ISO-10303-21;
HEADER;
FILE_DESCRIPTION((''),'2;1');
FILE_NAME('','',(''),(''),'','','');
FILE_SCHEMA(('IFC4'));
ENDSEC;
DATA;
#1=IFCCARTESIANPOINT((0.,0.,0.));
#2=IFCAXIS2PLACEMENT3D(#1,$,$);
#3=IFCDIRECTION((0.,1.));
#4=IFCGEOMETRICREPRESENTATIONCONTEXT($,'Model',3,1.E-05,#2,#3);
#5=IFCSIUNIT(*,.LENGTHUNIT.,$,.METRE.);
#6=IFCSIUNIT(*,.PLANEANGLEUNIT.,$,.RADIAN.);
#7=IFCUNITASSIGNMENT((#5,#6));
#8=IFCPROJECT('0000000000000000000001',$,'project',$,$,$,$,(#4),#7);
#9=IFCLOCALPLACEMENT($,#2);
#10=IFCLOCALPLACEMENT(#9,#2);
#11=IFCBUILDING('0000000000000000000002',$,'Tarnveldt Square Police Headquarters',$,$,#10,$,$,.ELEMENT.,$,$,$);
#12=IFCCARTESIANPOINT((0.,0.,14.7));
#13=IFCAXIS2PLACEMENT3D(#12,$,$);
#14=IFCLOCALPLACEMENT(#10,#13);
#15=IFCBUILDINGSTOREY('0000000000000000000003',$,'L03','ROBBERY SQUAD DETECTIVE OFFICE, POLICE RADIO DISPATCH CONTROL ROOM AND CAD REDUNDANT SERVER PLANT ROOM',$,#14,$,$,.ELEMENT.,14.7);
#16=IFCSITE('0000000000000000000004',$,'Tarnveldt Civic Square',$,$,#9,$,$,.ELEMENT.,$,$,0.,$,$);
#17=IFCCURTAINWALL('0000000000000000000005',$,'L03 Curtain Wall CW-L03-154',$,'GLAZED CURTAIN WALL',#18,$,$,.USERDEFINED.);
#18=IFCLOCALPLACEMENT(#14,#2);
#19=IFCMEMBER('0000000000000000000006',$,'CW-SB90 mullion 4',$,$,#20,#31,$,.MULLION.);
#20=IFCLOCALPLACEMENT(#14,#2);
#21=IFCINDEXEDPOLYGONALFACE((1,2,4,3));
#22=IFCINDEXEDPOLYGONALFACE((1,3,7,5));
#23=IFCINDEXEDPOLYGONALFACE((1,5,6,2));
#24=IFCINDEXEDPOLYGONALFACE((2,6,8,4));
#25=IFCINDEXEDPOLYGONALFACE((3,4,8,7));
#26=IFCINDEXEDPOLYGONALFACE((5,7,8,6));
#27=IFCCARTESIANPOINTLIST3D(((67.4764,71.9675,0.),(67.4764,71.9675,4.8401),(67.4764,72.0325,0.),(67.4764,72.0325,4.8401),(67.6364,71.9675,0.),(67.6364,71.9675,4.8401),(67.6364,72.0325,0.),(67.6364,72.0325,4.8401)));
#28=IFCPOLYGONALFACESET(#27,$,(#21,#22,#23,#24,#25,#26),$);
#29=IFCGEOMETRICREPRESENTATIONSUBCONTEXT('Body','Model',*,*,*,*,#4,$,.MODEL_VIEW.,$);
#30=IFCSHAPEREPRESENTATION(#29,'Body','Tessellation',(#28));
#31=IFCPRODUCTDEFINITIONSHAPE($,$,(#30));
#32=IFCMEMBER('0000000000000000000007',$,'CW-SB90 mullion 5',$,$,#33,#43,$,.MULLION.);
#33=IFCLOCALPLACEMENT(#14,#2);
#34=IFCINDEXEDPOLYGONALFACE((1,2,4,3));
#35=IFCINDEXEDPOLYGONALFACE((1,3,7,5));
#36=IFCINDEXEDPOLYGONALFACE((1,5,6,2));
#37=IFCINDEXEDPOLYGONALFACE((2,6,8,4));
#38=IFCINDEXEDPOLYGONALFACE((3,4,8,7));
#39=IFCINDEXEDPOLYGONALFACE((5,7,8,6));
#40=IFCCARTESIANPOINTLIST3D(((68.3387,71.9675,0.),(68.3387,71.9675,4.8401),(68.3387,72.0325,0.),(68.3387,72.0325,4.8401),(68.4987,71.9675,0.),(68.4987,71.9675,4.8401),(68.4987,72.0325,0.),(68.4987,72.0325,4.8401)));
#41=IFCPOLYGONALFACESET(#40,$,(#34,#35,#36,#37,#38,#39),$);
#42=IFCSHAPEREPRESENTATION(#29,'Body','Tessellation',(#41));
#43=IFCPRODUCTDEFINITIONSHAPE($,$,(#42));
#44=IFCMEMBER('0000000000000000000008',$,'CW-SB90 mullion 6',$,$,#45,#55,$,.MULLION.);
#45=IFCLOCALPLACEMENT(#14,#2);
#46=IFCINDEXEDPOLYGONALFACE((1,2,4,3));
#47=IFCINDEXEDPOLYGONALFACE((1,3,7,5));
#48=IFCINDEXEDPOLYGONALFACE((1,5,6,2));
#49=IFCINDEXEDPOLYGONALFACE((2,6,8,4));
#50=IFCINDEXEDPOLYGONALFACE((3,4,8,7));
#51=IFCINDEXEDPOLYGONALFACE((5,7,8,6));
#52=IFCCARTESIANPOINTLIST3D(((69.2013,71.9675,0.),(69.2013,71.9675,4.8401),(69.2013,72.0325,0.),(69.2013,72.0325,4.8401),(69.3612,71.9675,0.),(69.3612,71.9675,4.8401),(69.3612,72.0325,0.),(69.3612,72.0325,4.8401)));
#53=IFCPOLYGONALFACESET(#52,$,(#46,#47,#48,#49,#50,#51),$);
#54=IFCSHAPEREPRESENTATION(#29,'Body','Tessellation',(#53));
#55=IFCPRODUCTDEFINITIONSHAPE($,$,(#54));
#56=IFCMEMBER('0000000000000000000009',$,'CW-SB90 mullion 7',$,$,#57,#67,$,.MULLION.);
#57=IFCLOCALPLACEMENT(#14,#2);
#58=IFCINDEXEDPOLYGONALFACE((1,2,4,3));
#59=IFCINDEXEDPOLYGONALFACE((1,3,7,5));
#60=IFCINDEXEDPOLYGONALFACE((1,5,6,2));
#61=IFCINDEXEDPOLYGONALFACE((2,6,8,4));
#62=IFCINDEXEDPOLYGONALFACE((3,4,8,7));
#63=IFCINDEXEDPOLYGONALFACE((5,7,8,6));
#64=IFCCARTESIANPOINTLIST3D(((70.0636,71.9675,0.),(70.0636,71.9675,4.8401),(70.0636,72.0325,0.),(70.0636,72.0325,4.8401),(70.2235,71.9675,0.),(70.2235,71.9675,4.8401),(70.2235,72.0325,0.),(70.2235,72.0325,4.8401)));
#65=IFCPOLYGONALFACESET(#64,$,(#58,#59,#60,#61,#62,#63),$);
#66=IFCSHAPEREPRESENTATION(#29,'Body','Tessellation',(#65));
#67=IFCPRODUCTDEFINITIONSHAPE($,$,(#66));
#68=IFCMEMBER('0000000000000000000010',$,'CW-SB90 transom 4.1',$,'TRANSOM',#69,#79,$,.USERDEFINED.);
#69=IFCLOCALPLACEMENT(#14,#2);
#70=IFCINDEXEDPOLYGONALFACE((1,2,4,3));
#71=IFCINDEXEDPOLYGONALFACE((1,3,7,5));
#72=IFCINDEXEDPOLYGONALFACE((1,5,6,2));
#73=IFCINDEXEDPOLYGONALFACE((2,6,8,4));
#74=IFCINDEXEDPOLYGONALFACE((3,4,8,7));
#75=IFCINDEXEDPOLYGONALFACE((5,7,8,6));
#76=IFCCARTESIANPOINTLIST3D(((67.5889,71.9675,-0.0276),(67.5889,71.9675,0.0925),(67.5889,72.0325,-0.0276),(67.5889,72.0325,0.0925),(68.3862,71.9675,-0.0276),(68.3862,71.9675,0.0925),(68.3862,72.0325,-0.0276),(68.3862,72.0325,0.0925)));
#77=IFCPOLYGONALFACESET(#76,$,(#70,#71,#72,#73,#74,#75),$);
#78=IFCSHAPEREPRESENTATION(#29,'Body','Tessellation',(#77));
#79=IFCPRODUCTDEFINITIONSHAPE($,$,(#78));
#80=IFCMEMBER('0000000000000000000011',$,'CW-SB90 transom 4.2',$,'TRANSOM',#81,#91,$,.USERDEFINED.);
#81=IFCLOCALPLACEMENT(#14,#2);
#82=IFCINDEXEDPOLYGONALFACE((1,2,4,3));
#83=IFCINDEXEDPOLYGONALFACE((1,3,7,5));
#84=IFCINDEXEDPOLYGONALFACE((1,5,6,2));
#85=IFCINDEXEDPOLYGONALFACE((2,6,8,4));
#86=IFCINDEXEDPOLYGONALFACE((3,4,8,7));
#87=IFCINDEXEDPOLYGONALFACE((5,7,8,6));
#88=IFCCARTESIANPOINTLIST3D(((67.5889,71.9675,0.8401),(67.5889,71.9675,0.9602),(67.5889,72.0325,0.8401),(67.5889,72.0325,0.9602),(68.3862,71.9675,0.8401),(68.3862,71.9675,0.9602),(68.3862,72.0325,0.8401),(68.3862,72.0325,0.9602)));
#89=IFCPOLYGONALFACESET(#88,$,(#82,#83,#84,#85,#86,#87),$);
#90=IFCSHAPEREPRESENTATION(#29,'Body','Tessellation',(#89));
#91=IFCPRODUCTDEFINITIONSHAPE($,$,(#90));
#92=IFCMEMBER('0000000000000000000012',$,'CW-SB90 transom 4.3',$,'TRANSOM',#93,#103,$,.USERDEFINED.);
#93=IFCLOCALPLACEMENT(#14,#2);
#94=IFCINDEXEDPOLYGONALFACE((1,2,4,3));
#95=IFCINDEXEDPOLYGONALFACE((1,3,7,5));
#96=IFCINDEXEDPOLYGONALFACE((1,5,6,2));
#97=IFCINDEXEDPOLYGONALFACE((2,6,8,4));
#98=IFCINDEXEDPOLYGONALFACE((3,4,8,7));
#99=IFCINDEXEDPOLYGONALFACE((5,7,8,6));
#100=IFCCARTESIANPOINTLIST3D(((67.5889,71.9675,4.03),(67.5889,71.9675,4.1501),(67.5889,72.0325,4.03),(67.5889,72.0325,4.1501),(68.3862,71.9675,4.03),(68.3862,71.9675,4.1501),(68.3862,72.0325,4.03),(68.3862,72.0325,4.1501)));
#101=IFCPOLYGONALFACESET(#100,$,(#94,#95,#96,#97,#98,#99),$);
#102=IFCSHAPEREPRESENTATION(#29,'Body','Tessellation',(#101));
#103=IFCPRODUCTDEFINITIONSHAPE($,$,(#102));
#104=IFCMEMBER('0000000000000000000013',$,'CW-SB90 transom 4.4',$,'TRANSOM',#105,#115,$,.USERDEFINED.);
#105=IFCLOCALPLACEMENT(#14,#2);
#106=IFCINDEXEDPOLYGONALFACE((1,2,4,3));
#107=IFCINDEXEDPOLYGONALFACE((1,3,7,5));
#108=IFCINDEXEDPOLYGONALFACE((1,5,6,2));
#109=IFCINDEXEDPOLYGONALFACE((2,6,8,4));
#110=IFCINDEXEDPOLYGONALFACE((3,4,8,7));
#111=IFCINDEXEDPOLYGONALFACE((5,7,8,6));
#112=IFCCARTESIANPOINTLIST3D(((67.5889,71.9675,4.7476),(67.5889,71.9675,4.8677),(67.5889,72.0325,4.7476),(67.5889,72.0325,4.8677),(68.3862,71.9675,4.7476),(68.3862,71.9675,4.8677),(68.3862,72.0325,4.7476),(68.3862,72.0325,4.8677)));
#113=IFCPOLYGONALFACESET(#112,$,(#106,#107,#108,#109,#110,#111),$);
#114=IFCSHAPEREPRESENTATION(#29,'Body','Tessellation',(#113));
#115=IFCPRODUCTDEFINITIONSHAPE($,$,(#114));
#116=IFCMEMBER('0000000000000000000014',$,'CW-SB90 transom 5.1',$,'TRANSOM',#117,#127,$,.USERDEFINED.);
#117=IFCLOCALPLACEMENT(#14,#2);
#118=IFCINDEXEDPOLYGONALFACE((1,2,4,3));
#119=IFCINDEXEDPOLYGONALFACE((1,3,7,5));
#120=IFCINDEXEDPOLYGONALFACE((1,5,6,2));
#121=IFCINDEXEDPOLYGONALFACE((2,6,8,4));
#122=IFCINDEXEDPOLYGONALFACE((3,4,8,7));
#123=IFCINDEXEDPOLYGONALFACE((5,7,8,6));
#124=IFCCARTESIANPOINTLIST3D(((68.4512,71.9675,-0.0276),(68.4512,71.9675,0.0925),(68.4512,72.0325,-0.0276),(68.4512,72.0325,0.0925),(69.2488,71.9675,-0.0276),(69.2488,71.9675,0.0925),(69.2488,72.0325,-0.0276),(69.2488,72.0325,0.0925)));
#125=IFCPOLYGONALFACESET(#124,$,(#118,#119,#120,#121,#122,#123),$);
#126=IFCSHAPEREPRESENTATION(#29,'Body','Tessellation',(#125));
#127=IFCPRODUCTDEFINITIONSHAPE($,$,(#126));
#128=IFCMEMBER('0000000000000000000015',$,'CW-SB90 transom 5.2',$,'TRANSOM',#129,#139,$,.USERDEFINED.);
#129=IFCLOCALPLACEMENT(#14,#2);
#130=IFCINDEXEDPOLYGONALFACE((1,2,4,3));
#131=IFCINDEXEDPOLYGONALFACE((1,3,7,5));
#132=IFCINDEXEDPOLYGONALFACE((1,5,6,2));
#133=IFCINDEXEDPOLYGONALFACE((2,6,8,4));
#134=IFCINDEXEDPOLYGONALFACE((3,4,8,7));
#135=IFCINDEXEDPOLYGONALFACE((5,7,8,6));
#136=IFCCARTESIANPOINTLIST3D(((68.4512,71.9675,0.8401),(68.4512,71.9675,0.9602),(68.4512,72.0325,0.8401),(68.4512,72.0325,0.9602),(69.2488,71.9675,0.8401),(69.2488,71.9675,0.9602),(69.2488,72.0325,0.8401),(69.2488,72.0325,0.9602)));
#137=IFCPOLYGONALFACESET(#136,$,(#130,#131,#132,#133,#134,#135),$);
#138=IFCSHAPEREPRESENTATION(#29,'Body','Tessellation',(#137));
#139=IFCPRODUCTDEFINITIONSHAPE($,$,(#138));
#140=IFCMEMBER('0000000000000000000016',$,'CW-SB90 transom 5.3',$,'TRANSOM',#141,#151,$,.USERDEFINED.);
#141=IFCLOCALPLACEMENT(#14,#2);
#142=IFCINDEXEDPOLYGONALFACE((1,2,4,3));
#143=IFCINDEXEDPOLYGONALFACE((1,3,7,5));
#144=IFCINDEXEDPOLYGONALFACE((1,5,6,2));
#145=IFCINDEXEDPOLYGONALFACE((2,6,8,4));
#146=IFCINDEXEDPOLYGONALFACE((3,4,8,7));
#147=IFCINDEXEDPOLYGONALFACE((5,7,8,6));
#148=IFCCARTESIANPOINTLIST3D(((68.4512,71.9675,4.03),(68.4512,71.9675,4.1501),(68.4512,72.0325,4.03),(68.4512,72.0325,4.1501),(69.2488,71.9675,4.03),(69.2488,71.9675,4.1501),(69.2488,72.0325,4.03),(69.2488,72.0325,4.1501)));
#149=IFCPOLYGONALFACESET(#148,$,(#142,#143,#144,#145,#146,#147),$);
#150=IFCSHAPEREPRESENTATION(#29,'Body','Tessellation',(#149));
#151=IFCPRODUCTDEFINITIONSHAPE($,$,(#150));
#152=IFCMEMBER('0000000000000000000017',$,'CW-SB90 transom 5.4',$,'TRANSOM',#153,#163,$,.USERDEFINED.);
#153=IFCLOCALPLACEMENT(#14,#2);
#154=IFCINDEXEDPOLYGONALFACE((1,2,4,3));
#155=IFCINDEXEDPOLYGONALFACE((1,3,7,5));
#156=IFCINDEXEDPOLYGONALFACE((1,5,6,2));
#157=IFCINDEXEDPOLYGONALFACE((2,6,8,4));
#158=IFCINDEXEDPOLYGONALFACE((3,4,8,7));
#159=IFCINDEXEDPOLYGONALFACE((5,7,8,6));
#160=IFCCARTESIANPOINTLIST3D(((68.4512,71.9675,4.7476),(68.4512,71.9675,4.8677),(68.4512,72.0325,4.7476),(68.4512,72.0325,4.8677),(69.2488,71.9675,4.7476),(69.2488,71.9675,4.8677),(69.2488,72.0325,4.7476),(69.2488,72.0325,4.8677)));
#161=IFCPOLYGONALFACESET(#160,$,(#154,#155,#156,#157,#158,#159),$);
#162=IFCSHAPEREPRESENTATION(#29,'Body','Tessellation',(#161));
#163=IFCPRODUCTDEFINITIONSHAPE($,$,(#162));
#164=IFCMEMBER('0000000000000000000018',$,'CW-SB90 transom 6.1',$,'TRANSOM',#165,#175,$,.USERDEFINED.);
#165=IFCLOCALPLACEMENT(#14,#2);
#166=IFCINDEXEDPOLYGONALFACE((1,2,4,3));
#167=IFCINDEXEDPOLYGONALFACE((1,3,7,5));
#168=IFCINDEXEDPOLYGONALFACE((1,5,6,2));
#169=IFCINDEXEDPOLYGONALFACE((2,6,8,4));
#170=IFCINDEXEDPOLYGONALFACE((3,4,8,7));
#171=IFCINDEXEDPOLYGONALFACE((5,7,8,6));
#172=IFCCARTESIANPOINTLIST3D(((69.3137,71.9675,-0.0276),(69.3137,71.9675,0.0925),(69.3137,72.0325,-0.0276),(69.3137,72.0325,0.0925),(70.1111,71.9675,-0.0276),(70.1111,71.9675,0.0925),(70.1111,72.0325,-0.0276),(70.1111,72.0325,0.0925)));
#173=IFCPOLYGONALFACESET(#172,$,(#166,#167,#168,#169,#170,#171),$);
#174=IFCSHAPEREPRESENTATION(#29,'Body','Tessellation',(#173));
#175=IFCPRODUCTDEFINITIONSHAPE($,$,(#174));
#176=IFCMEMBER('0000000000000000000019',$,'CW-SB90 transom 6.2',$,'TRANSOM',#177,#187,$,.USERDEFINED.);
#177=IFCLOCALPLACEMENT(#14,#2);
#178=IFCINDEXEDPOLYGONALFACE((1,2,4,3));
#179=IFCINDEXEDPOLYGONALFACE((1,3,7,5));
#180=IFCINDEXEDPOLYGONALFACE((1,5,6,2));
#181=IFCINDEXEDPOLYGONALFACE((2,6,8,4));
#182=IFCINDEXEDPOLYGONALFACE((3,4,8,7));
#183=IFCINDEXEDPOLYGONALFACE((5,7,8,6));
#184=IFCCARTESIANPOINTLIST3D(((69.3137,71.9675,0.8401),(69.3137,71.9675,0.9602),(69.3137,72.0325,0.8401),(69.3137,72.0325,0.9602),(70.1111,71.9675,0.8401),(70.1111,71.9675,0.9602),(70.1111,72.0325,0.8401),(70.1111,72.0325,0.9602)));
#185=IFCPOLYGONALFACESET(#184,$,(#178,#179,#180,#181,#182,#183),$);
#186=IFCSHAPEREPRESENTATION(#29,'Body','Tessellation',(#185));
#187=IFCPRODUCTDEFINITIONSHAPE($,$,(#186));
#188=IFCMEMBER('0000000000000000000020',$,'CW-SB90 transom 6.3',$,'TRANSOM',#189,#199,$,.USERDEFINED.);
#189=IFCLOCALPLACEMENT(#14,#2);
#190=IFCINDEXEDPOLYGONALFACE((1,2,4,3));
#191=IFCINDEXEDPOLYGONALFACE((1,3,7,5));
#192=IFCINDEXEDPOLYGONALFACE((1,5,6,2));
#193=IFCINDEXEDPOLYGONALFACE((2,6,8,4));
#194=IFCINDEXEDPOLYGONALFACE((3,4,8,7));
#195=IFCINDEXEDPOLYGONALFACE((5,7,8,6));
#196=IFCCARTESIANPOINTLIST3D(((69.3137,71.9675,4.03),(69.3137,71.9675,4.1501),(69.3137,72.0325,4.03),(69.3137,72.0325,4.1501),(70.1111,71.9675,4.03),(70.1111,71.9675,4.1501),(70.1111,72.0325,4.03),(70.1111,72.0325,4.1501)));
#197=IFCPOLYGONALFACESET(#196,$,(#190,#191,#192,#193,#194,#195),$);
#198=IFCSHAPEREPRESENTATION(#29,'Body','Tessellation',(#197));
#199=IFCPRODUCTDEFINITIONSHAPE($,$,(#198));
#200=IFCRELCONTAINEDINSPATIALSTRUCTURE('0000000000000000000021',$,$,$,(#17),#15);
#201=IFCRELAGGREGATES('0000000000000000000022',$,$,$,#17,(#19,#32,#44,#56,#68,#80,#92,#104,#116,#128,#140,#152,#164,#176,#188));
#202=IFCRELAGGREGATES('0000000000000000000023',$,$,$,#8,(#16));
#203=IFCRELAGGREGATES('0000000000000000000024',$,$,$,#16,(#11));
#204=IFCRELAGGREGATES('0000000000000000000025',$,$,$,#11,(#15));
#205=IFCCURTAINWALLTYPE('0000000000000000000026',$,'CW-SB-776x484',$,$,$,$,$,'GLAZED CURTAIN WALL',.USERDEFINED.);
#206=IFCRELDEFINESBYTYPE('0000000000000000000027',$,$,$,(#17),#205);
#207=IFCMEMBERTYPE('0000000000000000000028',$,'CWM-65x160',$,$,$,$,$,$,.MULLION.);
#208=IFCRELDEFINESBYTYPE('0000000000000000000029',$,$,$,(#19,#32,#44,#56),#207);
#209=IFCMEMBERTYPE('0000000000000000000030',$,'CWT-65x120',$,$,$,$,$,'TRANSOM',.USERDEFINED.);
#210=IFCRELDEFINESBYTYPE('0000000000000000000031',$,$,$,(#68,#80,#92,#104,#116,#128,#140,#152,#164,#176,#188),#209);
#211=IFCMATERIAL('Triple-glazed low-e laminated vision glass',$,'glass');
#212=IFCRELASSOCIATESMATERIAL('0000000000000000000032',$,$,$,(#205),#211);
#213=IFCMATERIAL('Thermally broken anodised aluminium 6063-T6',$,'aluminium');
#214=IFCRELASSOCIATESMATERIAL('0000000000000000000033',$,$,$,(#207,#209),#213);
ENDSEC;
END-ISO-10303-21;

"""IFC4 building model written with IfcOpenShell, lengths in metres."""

from ifc_helpers import new_model, si_unit, direction, frame, origin, origin_2d, place, context, subcontext, project, spatial, rectangle, extrude, material, material_profile, profile_set, type_object, element, aggregate, save


model = new_model("IFC4")

# Units and contexts
model_context = context("Model", 3, precision=1e-05, world=origin(), true_north=direction((0.0, 1.0)))
body_context = subcontext(model_context, "Body", "Model", "MODEL_VIEW")
ifc_project = project(units=[si_unit("LENGTHUNIT", "METRE"), si_unit("PLANEANGLEUNIT", "RADIAN")], contexts=[model_context])

# Site, building, storey
site_placement = place(None, origin())
site = spatial("IfcSite", under=ifc_project, at=site_placement, Name="Tarnveldt Civic Square", CompositionType="ELEMENT", RefElevation=0.0)
building_placement = place(site_placement, origin())
building = spatial("IfcBuilding", under=site, at=building_placement, Name="Tarnveldt Square Police Headquarters", CompositionType="ELEMENT")
storey_placement = place(building_placement, frame((0.0, 0.0, 14.7)))
storey = spatial("IfcBuildingStorey", under=building, at=storey_placement, Name="L03", Description="ROBBERY SQUAD DETECTIVE OFFICE, POLICE RADIO DISPATCH CONTROL ROOM AND CAD REDUNDANT SERVER PLANT ROOM", CompositionType="ELEMENT", Elevation=14.7)

# Curtain wall, members
ifc_material_1 = material(Name="Triple-glazed low-e laminated vision glass", Category="glass")
curtain_wall_type = type_object("IfcCurtainWallType", Name="CW-SB-776x484", ElementType="GLAZED CURTAIN WALL", PredefinedType="USERDEFINED", material=ifc_material_1)
curtain_wall_placement = place(storey_placement, origin())
curtain_wall = element("IfcCurtainWall", 1, at=curtain_wall_placement, inside=storey, type_object=curtain_wall_type, Name="L03 Curtain Wall CW-L03-154", ObjectType="GLAZED CURTAIN WALL", PredefinedType="USERDEFINED")
ifc_material_2 = material(Name="Thermally broken anodised aluminium 6063-T6", Category="aluminium")
ifc_material_profile_1 = material_profile(ifc_material_2, rectangle(XDim=0.0649, YDim=0.1599, at=origin_2d()), Name="CW-M65x160")
ifc_profile_set_1 = profile_set([ifc_material_profile_1], Name="Thermally broken anodised aluminium 6063-T6")
member_type_1 = type_object("IfcMemberType", Name="CWM-65x160", PredefinedType="MULLION", material=ifc_profile_set_1)
member_1_placement = place(storey_placement, frame((67.5564, 72.0, 0.0), z_axis=(0.0, 0.0, 1.0), x_axis=(0.0, 1.0, 0.0)))
member_1 = element("IfcMember", 2, at=member_1_placement, type_object=member_type_1, Name="CW-SB90 mullion 4", PredefinedType="MULLION", context=body_context, shape_type="SweptSolid", body=[
    extrude(rectangle(XDim=0.0649, YDim=0.1599, at=origin_2d()), origin(), (0.0, 0.0, 1.0), 4.8401),
])
member_2_placement = place(storey_placement, frame((68.4187, 72.0, 0.0), z_axis=(0.0, 0.0, 1.0), x_axis=(0.0, 1.0, 0.0)))
member_2 = element("IfcMember", 3, at=member_2_placement, type_object=member_type_1, Name="CW-SB90 mullion 5", PredefinedType="MULLION", context=body_context, shape_type="SweptSolid", body=[
    extrude(rectangle(XDim=0.0649, YDim=0.1599, at=origin_2d()), origin(), (0.0, 0.0, 1.0), 4.8401),
])
member_3_placement = place(storey_placement, frame((69.2812, 72.0, 0.0), z_axis=(0.0, 0.0, 1.0), x_axis=(0.0, 1.0, 0.0)))
member_3 = element("IfcMember", 4, at=member_3_placement, type_object=member_type_1, Name="CW-SB90 mullion 6", PredefinedType="MULLION", context=body_context, shape_type="SweptSolid", body=[
    extrude(rectangle(XDim=0.0649, YDim=0.1599, at=origin_2d()), origin(), (0.0, 0.0, 1.0), 4.8401),
])
member_4_placement = place(storey_placement, frame((70.1436, 72.0, 0.0), z_axis=(0.0, 0.0, 1.0), x_axis=(0.0, 1.0, 0.0)))
member_4 = element("IfcMember", 5, at=member_4_placement, type_object=member_type_1, Name="CW-SB90 mullion 7", PredefinedType="MULLION", context=body_context, shape_type="SweptSolid", body=[
    extrude(rectangle(XDim=0.0649, YDim=0.1599, at=origin_2d()), origin(), (0.0, 0.0, 1.0), 4.8401),
])
ifc_material_profile_2 = material_profile(ifc_material_2, rectangle(XDim=0.0649, YDim=0.1201, at=origin_2d()), Name="CW-T65x120")
ifc_profile_set_2 = profile_set([ifc_material_profile_2], Name="Thermally broken anodised aluminium 6063-T6")
member_type_2 = type_object("IfcMemberType", Name="CWT-65x120", ElementType="TRANSOM", PredefinedType="USERDEFINED", material=ifc_profile_set_2)
member_5_placement = place(storey_placement, frame((67.5889, 72.0, 0.0325), z_axis=(1.0, 0.0, 0.0), x_axis=(0.0, 1.0, 0.0)))
member_5 = element("IfcMember", 6, at=member_5_placement, type_object=member_type_2, Name="CW-SB90 transom 4.1", ObjectType="TRANSOM", PredefinedType="USERDEFINED", context=body_context, shape_type="SweptSolid", body=[
    extrude(rectangle(XDim=0.0649, YDim=0.1201, at=origin_2d()), origin(), (0.0, 0.0, 1.0), 0.7974),
])
member_6_placement = place(storey_placement, frame((67.5889, 72.0, 0.9001), z_axis=(1.0, 0.0, 0.0), x_axis=(0.0, 1.0, 0.0)))
member_6 = element("IfcMember", 7, at=member_6_placement, type_object=member_type_2, Name="CW-SB90 transom 4.2", ObjectType="TRANSOM", PredefinedType="USERDEFINED", context=body_context, shape_type="SweptSolid", body=[
    extrude(rectangle(XDim=0.0649, YDim=0.1201, at=origin_2d()), origin(), (0.0, 0.0, 1.0), 0.7974),
])
member_7_placement = place(storey_placement, frame((67.5889, 72.0, 4.0901), z_axis=(1.0, 0.0, 0.0), x_axis=(0.0, 1.0, 0.0)))
member_7 = element("IfcMember", 8, at=member_7_placement, type_object=member_type_2, Name="CW-SB90 transom 4.3", ObjectType="TRANSOM", PredefinedType="USERDEFINED", context=body_context, shape_type="SweptSolid", body=[
    extrude(rectangle(XDim=0.0649, YDim=0.1201, at=origin_2d()), origin(), (0.0, 0.0, 1.0), 0.7974),
])
member_8_placement = place(storey_placement, frame((67.5889, 72.0, 4.8076), z_axis=(1.0, 0.0, 0.0), x_axis=(0.0, 1.0, 0.0)))
member_8 = element("IfcMember", 9, at=member_8_placement, type_object=member_type_2, Name="CW-SB90 transom 4.4", ObjectType="TRANSOM", PredefinedType="USERDEFINED", context=body_context, shape_type="SweptSolid", body=[
    extrude(rectangle(XDim=0.0649, YDim=0.1201, at=origin_2d()), origin(), (0.0, 0.0, 1.0), 0.7974),
])
member_9_placement = place(storey_placement, frame((68.4512, 72.0, 0.0325), z_axis=(1.0, 0.0, 0.0), x_axis=(0.0, 1.0, 0.0)))
member_9 = element("IfcMember", 10, at=member_9_placement, type_object=member_type_2, Name="CW-SB90 transom 5.1", ObjectType="TRANSOM", PredefinedType="USERDEFINED", context=body_context, shape_type="SweptSolid", body=[
    extrude(rectangle(XDim=0.0649, YDim=0.1201, at=origin_2d()), origin(), (0.0, 0.0, 1.0), 0.7976),
])
member_10_placement = place(storey_placement, frame((68.4512, 72.0, 0.9001), z_axis=(1.0, 0.0, 0.0), x_axis=(0.0, 1.0, 0.0)))
member_10 = element("IfcMember", 11, at=member_10_placement, type_object=member_type_2, Name="CW-SB90 transom 5.2", ObjectType="TRANSOM", PredefinedType="USERDEFINED", context=body_context, shape_type="SweptSolid", body=[
    extrude(rectangle(XDim=0.0649, YDim=0.1201, at=origin_2d()), origin(), (0.0, 0.0, 1.0), 0.7976),
])
member_11_placement = place(storey_placement, frame((68.4512, 72.0, 4.0901), z_axis=(1.0, 0.0, 0.0), x_axis=(0.0, 1.0, 0.0)))
member_11 = element("IfcMember", 12, at=member_11_placement, type_object=member_type_2, Name="CW-SB90 transom 5.3", ObjectType="TRANSOM", PredefinedType="USERDEFINED", context=body_context, shape_type="SweptSolid", body=[
    extrude(rectangle(XDim=0.0649, YDim=0.1201, at=origin_2d()), origin(), (0.0, 0.0, 1.0), 0.7976),
])
member_12_placement = place(storey_placement, frame((68.4512, 72.0, 4.8076), z_axis=(1.0, 0.0, 0.0), x_axis=(0.0, 1.0, 0.0)))
member_12 = element("IfcMember", 13, at=member_12_placement, type_object=member_type_2, Name="CW-SB90 transom 5.4", ObjectType="TRANSOM", PredefinedType="USERDEFINED", context=body_context, shape_type="SweptSolid", body=[
    extrude(rectangle(XDim=0.0649, YDim=0.1201, at=origin_2d()), origin(), (0.0, 0.0, 1.0), 0.7976),
])
member_13_placement = place(storey_placement, frame((69.3137, 72.0, 0.0325), z_axis=(1.0, 0.0, 0.0), x_axis=(0.0, 1.0, 0.0)))
member_13 = element("IfcMember", 14, at=member_13_placement, type_object=member_type_2, Name="CW-SB90 transom 6.1", ObjectType="TRANSOM", PredefinedType="USERDEFINED", context=body_context, shape_type="SweptSolid", body=[
    extrude(rectangle(XDim=0.0649, YDim=0.1201, at=origin_2d()), origin(), (0.0, 0.0, 1.0), 0.7974),
])
member_14_placement = place(storey_placement, frame((69.3137, 72.0, 0.9001), z_axis=(1.0, 0.0, 0.0), x_axis=(0.0, 1.0, 0.0)))
member_14 = element("IfcMember", 15, at=member_14_placement, type_object=member_type_2, Name="CW-SB90 transom 6.2", ObjectType="TRANSOM", PredefinedType="USERDEFINED", context=body_context, shape_type="SweptSolid", body=[
    extrude(rectangle(XDim=0.0649, YDim=0.1201, at=origin_2d()), origin(), (0.0, 0.0, 1.0), 0.7974),
])
member_15_placement = place(storey_placement, frame((69.3137, 72.0, 4.0901), z_axis=(1.0, 0.0, 0.0), x_axis=(0.0, 1.0, 0.0)))
member_15 = element("IfcMember", 16, at=member_15_placement, type_object=member_type_2, Name="CW-SB90 transom 6.3", ObjectType="TRANSOM", PredefinedType="USERDEFINED", context=body_context, shape_type="SweptSolid", body=[
    extrude(rectangle(XDim=0.0649, YDim=0.1201, at=origin_2d()), origin(), (0.0, 0.0, 1.0), 0.7974),
])
aggregate(curtain_wall, [member_1, member_2, member_3, member_4, member_5, member_6, member_7, member_8, member_9, member_10, member_11, member_12, member_13, member_14, member_15])

save(model, "model.ifc")
